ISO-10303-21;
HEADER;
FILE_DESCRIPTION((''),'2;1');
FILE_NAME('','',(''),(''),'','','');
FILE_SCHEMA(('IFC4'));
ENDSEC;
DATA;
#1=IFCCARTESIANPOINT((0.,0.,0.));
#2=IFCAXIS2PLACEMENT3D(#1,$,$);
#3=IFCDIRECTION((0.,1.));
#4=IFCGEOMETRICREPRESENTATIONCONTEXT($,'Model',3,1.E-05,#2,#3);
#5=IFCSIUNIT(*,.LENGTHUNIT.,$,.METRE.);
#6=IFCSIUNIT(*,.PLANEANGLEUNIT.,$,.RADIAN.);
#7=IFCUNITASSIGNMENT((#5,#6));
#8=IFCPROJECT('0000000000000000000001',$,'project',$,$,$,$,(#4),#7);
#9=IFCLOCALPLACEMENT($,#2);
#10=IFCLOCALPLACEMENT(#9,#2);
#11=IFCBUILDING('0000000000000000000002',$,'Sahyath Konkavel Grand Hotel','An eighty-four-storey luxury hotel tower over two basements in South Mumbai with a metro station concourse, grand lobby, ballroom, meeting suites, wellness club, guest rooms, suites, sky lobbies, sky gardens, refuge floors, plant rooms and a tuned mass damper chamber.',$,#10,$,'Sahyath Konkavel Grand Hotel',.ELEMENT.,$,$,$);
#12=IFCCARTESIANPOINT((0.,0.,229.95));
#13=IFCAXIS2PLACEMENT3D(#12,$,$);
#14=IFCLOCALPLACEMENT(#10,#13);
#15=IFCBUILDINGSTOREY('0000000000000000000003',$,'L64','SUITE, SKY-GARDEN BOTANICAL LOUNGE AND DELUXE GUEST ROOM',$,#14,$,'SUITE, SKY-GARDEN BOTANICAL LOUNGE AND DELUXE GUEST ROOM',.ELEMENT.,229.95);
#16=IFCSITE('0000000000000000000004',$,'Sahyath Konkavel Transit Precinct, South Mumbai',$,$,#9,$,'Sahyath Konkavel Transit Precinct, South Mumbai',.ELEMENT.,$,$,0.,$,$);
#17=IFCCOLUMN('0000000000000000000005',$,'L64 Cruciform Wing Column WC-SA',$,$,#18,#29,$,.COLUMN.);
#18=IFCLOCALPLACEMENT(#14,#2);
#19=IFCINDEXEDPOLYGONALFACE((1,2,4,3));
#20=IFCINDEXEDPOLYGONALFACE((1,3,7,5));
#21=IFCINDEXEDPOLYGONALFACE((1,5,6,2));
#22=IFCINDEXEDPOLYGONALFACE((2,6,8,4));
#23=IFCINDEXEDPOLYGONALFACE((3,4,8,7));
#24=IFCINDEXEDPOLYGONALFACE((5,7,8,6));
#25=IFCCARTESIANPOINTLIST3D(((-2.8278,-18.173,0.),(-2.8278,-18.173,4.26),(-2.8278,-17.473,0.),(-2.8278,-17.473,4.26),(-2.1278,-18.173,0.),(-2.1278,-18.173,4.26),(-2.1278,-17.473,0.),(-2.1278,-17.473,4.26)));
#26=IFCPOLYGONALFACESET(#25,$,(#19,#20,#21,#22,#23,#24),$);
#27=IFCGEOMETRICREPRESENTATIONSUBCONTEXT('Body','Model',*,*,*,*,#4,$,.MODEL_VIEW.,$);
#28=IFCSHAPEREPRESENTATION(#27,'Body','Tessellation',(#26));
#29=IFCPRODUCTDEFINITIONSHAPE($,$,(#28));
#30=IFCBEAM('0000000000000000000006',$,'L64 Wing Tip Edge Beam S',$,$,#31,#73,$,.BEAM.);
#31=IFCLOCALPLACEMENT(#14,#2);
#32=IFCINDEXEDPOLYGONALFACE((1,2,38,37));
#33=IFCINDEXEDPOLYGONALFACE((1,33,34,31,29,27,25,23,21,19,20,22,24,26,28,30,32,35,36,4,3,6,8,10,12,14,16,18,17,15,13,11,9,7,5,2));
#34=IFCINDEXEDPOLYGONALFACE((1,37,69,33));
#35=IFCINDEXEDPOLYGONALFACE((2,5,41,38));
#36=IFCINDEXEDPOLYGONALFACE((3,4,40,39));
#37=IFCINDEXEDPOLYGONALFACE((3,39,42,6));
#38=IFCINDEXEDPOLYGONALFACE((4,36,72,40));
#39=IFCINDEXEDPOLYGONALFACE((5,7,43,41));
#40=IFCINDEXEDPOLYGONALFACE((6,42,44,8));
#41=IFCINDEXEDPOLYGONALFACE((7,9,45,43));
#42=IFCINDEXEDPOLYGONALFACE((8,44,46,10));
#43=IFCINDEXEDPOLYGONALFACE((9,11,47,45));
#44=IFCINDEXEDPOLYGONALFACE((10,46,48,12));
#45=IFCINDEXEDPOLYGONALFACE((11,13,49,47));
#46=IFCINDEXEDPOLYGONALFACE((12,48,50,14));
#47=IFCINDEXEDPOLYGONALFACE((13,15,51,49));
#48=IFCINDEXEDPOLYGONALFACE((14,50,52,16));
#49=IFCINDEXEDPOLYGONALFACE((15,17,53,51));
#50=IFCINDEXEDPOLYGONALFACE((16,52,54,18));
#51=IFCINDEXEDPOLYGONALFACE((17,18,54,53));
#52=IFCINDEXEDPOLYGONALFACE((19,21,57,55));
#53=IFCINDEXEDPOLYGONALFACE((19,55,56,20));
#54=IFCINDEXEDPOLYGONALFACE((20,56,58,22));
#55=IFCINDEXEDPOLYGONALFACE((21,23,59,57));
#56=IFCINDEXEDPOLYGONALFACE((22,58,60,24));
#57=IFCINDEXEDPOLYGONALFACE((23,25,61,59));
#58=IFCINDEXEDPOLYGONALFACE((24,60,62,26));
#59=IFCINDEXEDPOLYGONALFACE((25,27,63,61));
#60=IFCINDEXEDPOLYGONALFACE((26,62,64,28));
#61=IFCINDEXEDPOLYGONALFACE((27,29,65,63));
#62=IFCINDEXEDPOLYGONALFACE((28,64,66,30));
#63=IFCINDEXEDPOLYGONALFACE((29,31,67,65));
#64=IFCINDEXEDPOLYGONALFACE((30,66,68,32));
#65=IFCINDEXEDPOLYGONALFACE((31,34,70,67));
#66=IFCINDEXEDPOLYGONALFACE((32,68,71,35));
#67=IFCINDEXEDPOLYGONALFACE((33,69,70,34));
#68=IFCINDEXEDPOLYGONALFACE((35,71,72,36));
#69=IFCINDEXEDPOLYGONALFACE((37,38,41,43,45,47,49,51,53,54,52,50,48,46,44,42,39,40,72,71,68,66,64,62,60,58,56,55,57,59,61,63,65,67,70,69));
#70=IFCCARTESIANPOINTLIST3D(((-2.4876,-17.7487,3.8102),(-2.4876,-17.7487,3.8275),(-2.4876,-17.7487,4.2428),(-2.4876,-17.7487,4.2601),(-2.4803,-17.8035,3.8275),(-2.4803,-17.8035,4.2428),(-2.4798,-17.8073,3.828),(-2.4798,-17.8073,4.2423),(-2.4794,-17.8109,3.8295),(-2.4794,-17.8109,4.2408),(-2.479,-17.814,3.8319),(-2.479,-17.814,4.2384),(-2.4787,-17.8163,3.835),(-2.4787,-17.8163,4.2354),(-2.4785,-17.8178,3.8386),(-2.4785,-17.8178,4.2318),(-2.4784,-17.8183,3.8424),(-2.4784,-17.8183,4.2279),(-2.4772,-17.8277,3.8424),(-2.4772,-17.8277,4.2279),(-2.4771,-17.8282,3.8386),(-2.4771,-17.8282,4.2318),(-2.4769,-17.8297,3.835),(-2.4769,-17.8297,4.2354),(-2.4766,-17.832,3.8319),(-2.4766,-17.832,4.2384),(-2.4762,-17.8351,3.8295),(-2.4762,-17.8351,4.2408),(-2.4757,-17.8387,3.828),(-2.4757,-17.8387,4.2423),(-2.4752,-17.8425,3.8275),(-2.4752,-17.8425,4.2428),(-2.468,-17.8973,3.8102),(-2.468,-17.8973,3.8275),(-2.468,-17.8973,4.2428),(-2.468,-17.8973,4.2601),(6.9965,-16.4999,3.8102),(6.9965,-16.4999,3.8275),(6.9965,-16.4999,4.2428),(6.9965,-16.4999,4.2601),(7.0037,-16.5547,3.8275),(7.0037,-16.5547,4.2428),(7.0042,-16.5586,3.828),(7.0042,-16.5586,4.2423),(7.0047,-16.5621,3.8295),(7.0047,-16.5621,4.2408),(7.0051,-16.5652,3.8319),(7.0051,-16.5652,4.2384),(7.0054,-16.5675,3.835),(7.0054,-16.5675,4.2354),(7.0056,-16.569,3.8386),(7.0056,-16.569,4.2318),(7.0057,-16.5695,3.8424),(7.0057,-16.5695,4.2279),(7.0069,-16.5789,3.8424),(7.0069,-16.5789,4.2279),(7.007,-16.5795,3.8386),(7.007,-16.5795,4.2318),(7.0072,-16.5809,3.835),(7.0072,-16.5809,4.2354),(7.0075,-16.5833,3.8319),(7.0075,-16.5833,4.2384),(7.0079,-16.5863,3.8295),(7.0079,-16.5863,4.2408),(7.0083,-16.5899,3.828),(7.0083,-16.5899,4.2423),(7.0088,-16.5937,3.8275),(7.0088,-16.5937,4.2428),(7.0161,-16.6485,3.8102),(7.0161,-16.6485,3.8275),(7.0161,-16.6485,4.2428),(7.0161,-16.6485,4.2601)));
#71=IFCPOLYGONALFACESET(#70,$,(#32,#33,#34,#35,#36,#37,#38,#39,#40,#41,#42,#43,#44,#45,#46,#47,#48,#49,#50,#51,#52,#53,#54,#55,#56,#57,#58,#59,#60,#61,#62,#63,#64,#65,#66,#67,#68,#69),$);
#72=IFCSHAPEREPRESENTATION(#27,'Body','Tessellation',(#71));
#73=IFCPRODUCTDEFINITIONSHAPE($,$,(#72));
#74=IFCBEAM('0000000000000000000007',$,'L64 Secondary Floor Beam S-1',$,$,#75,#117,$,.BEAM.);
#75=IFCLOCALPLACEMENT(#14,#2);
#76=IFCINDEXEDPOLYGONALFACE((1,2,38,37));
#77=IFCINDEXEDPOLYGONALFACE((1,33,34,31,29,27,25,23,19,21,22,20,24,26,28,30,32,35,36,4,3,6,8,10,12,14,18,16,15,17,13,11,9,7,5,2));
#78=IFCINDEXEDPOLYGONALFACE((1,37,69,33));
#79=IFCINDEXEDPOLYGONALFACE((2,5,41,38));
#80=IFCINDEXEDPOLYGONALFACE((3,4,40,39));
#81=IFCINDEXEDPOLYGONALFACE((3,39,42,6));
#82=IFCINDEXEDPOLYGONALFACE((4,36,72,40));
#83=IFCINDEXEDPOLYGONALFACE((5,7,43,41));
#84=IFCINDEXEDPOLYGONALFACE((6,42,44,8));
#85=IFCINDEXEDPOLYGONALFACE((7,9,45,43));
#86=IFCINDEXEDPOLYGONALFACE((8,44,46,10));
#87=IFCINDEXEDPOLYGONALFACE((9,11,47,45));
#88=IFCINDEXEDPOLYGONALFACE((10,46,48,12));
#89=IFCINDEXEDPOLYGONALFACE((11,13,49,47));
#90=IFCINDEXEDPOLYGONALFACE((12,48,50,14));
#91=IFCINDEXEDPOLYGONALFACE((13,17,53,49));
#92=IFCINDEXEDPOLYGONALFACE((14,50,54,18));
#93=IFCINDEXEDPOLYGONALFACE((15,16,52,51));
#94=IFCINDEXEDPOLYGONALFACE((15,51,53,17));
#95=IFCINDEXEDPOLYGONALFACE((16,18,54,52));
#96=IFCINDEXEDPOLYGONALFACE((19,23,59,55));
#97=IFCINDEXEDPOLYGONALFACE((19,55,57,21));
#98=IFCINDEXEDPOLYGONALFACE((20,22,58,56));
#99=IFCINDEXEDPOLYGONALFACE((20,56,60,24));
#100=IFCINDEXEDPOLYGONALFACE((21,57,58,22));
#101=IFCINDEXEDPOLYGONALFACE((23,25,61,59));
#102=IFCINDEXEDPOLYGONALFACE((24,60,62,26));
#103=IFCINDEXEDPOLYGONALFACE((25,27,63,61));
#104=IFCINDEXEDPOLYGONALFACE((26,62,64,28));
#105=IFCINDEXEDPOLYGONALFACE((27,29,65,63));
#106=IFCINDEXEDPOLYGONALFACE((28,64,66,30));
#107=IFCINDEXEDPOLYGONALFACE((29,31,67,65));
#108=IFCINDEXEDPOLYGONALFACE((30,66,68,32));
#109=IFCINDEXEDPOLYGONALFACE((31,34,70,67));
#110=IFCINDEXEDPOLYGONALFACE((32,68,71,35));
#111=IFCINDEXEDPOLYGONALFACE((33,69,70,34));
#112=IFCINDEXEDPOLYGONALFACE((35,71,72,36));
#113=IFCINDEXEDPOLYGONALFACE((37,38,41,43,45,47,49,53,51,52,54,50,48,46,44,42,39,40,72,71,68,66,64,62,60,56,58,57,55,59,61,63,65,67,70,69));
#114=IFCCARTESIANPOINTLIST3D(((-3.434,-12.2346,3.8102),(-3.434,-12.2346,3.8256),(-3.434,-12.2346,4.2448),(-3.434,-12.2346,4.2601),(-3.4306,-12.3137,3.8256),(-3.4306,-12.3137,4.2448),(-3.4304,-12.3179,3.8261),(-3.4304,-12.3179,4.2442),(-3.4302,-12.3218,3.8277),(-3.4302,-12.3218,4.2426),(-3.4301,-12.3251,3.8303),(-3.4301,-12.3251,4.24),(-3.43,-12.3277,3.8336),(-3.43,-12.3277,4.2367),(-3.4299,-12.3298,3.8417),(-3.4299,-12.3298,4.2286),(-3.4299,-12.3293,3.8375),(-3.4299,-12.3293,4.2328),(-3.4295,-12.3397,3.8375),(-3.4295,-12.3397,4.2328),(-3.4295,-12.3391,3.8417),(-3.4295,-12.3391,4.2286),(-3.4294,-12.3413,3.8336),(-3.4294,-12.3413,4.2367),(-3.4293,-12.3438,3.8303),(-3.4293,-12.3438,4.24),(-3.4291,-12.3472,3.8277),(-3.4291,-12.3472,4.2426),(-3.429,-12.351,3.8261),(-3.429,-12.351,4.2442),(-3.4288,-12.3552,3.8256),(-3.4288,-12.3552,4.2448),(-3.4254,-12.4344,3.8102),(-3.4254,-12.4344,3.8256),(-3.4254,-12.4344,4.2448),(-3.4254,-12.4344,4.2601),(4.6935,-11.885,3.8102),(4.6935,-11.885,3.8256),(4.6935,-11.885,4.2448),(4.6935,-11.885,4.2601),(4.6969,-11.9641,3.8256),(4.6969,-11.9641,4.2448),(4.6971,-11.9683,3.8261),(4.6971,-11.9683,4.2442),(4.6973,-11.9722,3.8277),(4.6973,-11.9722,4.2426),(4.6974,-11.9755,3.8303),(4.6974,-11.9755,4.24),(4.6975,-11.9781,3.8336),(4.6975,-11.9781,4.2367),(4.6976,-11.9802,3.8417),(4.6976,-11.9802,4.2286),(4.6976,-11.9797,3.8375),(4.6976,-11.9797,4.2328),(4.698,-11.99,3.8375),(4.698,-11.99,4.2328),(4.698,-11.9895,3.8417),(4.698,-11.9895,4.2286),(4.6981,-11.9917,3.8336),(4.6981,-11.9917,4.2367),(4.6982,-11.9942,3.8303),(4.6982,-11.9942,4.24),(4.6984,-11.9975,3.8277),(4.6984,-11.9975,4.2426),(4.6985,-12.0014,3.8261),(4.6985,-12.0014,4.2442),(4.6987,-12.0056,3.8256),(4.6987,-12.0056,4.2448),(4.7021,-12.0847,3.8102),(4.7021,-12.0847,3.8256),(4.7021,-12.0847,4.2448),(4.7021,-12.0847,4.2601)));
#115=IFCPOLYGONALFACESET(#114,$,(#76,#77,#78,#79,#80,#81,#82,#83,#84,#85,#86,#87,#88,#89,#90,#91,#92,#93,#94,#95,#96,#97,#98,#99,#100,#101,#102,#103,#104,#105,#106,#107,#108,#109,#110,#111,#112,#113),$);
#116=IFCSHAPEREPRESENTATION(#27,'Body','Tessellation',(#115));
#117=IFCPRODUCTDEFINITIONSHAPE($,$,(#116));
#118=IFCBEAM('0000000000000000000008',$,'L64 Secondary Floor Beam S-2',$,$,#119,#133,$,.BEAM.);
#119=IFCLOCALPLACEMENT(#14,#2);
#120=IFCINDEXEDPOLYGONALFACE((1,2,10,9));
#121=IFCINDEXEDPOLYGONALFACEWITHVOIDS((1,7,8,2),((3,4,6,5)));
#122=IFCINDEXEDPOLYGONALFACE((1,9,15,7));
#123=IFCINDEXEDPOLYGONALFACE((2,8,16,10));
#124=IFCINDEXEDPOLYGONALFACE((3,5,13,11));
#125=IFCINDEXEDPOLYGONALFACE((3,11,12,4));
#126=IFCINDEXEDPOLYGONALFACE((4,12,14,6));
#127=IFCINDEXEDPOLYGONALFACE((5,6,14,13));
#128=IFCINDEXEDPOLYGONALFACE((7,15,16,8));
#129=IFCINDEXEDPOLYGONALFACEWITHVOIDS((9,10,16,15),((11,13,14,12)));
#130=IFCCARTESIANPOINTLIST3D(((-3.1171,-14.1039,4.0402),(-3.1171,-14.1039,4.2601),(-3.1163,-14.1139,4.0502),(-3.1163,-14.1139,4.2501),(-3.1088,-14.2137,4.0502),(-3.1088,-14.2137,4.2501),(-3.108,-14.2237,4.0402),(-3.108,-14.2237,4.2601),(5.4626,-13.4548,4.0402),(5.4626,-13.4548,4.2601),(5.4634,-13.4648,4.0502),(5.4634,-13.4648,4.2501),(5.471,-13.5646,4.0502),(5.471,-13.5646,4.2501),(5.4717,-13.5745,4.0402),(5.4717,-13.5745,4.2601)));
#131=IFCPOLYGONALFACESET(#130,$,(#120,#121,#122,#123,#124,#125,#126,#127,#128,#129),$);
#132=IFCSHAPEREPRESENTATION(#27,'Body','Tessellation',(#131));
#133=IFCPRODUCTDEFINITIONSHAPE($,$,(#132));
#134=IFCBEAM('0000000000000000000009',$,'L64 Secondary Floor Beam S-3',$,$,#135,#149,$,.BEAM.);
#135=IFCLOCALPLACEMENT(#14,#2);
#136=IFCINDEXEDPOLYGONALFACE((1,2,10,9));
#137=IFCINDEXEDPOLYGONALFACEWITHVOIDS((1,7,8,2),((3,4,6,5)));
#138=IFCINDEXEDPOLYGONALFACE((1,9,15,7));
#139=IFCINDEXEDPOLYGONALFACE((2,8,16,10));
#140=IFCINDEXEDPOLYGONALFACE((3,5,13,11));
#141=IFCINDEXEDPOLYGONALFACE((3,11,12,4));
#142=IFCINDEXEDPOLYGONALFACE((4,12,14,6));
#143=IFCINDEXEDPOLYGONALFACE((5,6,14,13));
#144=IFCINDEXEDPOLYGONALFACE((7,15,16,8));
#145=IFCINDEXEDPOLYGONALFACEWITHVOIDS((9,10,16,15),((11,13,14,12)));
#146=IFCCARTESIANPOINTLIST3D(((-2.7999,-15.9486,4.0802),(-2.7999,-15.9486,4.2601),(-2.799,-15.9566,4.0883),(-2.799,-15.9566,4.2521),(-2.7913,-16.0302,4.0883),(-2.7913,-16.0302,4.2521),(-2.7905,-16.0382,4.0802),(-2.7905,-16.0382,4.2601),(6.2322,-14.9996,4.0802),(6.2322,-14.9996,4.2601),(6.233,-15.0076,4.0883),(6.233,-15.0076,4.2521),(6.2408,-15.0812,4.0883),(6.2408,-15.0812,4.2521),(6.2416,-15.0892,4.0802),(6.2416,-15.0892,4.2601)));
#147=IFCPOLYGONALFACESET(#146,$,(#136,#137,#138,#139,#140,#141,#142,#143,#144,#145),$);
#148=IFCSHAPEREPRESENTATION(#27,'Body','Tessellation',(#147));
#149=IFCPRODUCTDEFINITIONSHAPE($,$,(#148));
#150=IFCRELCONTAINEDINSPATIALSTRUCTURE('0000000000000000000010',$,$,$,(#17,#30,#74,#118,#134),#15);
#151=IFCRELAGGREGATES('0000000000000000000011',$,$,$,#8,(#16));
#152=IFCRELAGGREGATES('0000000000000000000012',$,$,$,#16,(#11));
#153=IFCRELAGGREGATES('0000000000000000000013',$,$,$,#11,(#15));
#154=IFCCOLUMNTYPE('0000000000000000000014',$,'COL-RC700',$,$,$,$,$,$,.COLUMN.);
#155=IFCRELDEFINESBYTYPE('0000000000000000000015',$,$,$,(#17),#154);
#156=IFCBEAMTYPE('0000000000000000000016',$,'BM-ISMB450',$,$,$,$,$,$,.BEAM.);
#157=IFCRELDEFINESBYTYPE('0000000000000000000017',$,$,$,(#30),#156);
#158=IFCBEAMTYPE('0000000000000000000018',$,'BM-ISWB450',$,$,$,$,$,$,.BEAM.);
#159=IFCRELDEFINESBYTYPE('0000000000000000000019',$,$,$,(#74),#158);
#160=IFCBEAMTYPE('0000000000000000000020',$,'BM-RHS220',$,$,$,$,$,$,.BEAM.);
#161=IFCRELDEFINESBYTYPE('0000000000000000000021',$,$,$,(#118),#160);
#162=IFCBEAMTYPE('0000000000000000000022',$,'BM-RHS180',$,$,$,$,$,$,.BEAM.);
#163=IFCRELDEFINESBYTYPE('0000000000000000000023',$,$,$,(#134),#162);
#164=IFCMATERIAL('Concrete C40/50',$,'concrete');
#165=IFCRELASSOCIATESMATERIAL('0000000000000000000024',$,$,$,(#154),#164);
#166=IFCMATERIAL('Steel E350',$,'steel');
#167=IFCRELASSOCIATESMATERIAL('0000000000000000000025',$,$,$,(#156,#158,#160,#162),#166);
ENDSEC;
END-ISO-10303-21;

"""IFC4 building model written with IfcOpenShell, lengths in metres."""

from ifc_helpers import new_model, si_unit, direction, frame, origin, origin_2d, place, context, subcontext, project, spatial, rectangle, hollow_rectangle, i_section, extrude, source, transform, mapped, material, material_profile, profile_set, type_object, element, save


model = new_model("IFC4")

# Units and contexts
model_context = context("Model", 3, precision=1e-05, world=origin(), true_north=direction((0.0, 1.0)))
body_context = subcontext(model_context, "Body", "Model", "MODEL_VIEW")
ifc_project = project(units=[si_unit("LENGTHUNIT", "METRE"), si_unit("PLANEANGLEUNIT", "RADIAN")], contexts=[model_context])

# Site, building, storey
site_placement = place(None, origin())
site = spatial("IfcSite", under=ifc_project, at=site_placement, Name="Sahyath Konkavel Transit Precinct, South Mumbai", LongName="Sahyath Konkavel Transit Precinct, South Mumbai", CompositionType="ELEMENT", RefElevation=0.0)
building_placement = place(site_placement, origin())
building = spatial("IfcBuilding", under=site, at=building_placement, Name="Sahyath Konkavel Grand Hotel", Description="An eighty-four-storey luxury hotel tower over two basements in South Mumbai with a metro station concourse, grand lobby, ballroom, meeting suites, wellness club, guest rooms, suites, sky lobbies, sky gardens, refuge floors, plant rooms and a tuned mass damper chamber.", LongName="Sahyath Konkavel Grand Hotel", CompositionType="ELEMENT")
storey_placement = place(building_placement, frame((0.0, 0.0, 229.95)))
storey = spatial("IfcBuildingStorey", under=building, at=storey_placement, Name="L64", Description="SUITE, SKY-GARDEN BOTANICAL LOUNGE AND DELUXE GUEST ROOM", LongName="SUITE, SKY-GARDEN BOTANICAL LOUNGE AND DELUXE GUEST ROOM", CompositionType="ELEMENT", Elevation=229.95)

# Column
ifc_material_1 = material(Name="Concrete C40/50", Category="concrete")
ifc_material_profile_1 = material_profile(ifc_material_1, rectangle(XDim=0.7, YDim=0.7, at=origin_2d()), Name="RC 700x700")
ifc_profile_set_1 = profile_set([ifc_material_profile_1], Name="Concrete C40/50")
column_type = type_object("IfcColumnType", Name="COL-RC700", PredefinedType="COLUMN", material=ifc_profile_set_1)
shared_shape_1 = source(origin(), body_context, "Body", "SweptSolid", [
    extrude(rectangle(XDim=0.7, YDim=0.7, at=origin_2d()), origin(), (0.0, 0.0, 1.0), 4.26),
])
column_placement = place(storey_placement, frame((-2.4778, -17.823, 0.0), z_axis=(0.0, 0.0, 1.0), x_axis=(1.0, 0.0, 0.0)))
element("IfcColumn", 1, at=column_placement, inside=storey, type_object=column_type, Name="L64 Cruciform Wing Column WC-SA", PredefinedType="COLUMN", context=body_context, shape_type="MappedRepresentation", body=[
    mapped(shared_shape_1, transform((0.0, 0.0, 0.0), scale=1.0)),
])

# Beams
ifc_material_2 = material(Name="Steel E350", Category="steel")
ifc_material_profile_2 = material_profile(ifc_material_2, i_section(OverallWidth=0.1499, OverallDepth=0.45, WebThickness=0.0095, FlangeThickness=0.0173, FilletRadius=0.0149, at=origin_2d()), Name="ISMB 450")
ifc_profile_set_2 = profile_set([ifc_material_profile_2], Name="Steel E350")
beam_type_1 = type_object("IfcBeamType", Name="BM-ISMB450", PredefinedType="BEAM", material=ifc_profile_set_2)
shared_shape_2 = source(origin(), body_context, "Body", "SweptSolid", [
    extrude(i_section(OverallWidth=0.1499, OverallDepth=0.45, WebThickness=0.0095, FlangeThickness=0.0173, FilletRadius=0.0149, at=origin_2d()), origin(), (0.0, 0.0, 1.0), 9.5659),
])
beam_1_placement = place(storey_placement, frame((-2.4778, -17.823, 4.0352), z_axis=(0.991443, 0.130544, 0.0), x_axis=(-0.130544, 0.991443, 0.0)))
element("IfcBeam", 2, at=beam_1_placement, inside=storey, type_object=beam_type_1, Name="L64 Wing Tip Edge Beam S", PredefinedType="BEAM", context=body_context, shape_type="MappedRepresentation", body=[
    mapped(shared_shape_2, transform((0.0, 0.0, 0.0), scale=1.0)),
])
ifc_material_profile_3 = material_profile(ifc_material_2, i_section(OverallWidth=0.2, OverallDepth=0.45, WebThickness=0.0093, FlangeThickness=0.0154, FilletRadius=0.0161, at=origin_2d()), Name="ISWB 450")
ifc_profile_set_3 = profile_set([ifc_material_profile_3], Name="Steel E350")
beam_type_2 = type_object("IfcBeamType", Name="BM-ISWB450", PredefinedType="BEAM", material=ifc_profile_set_3)
shared_shape_3 = source(origin(), body_context, "Body", "SweptSolid", [
    extrude(i_section(OverallWidth=0.2, OverallDepth=0.45, WebThickness=0.0093, FlangeThickness=0.0154, FilletRadius=0.0161, at=origin_2d()), origin(), (0.0, 0.0, 1.0), 8.135),
])
beam_2_placement = place(storey_placement, frame((-3.4297, -12.3345, 4.0352), z_axis=(0.999076, 0.042976, 0.0), x_axis=(-0.042976, 0.999076, 0.0)))
element("IfcBeam", 3, at=beam_2_placement, inside=storey, type_object=beam_type_2, Name="L64 Secondary Floor Beam S-1", PredefinedType="BEAM", context=body_context, shape_type="MappedRepresentation", body=[
    mapped(shared_shape_3, transform((0.0, 0.0, 0.0), scale=1.0)),
])
ifc_material_profile_4 = material_profile(ifc_material_2, hollow_rectangle(XDim=0.1201, YDim=0.22, WallThickness=0.01, at=origin_2d()), Name="RHS 220x120x10")
ifc_profile_set_4 = profile_set([ifc_material_profile_4], Name="Steel E350")
beam_type_3 = type_object("IfcBeamType", Name="BM-RHS220", PredefinedType="BEAM", material=ifc_profile_set_4)
shared_shape_4 = source(origin(), body_context, "Body", "SweptSolid", [
    extrude(hollow_rectangle(XDim=0.1201, YDim=0.22, WallThickness=0.01, at=origin_2d()), origin(), (0.0, 0.0, 1.0), 8.6042),
])
beam_3_placement = place(storey_placement, frame((-3.1125, -14.1638, 4.1501), z_axis=(0.99715, 0.075447, 0.0), x_axis=(-0.075447, 0.99715, 0.0)))
element("IfcBeam", 4, at=beam_3_placement, inside=storey, type_object=beam_type_3, Name="L64 Secondary Floor Beam S-2", PredefinedType="BEAM", context=body_context, shape_type="MappedRepresentation", body=[
    mapped(shared_shape_4, transform((0.0, 0.0, 0.0), scale=1.0)),
])
ifc_material_profile_5 = material_profile(ifc_material_2, hollow_rectangle(XDim=0.0901, YDim=0.1799, WallThickness=0.0081, at=origin_2d()), Name="RHS 180x90x8")
ifc_profile_set_5 = profile_set([ifc_material_profile_5], Name="Steel E350")
beam_type_4 = type_object("IfcBeamType", Name="BM-RHS180", PredefinedType="BEAM", material=ifc_profile_set_5)
shared_shape_5 = source(origin(), body_context, "Body", "SweptSolid", [
    extrude(hollow_rectangle(XDim=0.0901, YDim=0.1799, WallThickness=0.0081, at=origin_2d()), origin(), (0.0, 0.0, 1.0), 9.0818),
])
beam_4_placement = place(storey_placement, frame((-2.7952, -15.9934, 4.1702), z_axis=(0.994526, 0.104493, 0.0), x_axis=(-0.104493, 0.994526, 0.0)))
element("IfcBeam", 5, at=beam_4_placement, inside=storey, type_object=beam_type_4, Name="L64 Secondary Floor Beam S-3", PredefinedType="BEAM", context=body_context, shape_type="MappedRepresentation", body=[
    mapped(shared_shape_5, transform((0.0, 0.0, 0.0), scale=1.0)),
])

save(model, "model.ifc")
